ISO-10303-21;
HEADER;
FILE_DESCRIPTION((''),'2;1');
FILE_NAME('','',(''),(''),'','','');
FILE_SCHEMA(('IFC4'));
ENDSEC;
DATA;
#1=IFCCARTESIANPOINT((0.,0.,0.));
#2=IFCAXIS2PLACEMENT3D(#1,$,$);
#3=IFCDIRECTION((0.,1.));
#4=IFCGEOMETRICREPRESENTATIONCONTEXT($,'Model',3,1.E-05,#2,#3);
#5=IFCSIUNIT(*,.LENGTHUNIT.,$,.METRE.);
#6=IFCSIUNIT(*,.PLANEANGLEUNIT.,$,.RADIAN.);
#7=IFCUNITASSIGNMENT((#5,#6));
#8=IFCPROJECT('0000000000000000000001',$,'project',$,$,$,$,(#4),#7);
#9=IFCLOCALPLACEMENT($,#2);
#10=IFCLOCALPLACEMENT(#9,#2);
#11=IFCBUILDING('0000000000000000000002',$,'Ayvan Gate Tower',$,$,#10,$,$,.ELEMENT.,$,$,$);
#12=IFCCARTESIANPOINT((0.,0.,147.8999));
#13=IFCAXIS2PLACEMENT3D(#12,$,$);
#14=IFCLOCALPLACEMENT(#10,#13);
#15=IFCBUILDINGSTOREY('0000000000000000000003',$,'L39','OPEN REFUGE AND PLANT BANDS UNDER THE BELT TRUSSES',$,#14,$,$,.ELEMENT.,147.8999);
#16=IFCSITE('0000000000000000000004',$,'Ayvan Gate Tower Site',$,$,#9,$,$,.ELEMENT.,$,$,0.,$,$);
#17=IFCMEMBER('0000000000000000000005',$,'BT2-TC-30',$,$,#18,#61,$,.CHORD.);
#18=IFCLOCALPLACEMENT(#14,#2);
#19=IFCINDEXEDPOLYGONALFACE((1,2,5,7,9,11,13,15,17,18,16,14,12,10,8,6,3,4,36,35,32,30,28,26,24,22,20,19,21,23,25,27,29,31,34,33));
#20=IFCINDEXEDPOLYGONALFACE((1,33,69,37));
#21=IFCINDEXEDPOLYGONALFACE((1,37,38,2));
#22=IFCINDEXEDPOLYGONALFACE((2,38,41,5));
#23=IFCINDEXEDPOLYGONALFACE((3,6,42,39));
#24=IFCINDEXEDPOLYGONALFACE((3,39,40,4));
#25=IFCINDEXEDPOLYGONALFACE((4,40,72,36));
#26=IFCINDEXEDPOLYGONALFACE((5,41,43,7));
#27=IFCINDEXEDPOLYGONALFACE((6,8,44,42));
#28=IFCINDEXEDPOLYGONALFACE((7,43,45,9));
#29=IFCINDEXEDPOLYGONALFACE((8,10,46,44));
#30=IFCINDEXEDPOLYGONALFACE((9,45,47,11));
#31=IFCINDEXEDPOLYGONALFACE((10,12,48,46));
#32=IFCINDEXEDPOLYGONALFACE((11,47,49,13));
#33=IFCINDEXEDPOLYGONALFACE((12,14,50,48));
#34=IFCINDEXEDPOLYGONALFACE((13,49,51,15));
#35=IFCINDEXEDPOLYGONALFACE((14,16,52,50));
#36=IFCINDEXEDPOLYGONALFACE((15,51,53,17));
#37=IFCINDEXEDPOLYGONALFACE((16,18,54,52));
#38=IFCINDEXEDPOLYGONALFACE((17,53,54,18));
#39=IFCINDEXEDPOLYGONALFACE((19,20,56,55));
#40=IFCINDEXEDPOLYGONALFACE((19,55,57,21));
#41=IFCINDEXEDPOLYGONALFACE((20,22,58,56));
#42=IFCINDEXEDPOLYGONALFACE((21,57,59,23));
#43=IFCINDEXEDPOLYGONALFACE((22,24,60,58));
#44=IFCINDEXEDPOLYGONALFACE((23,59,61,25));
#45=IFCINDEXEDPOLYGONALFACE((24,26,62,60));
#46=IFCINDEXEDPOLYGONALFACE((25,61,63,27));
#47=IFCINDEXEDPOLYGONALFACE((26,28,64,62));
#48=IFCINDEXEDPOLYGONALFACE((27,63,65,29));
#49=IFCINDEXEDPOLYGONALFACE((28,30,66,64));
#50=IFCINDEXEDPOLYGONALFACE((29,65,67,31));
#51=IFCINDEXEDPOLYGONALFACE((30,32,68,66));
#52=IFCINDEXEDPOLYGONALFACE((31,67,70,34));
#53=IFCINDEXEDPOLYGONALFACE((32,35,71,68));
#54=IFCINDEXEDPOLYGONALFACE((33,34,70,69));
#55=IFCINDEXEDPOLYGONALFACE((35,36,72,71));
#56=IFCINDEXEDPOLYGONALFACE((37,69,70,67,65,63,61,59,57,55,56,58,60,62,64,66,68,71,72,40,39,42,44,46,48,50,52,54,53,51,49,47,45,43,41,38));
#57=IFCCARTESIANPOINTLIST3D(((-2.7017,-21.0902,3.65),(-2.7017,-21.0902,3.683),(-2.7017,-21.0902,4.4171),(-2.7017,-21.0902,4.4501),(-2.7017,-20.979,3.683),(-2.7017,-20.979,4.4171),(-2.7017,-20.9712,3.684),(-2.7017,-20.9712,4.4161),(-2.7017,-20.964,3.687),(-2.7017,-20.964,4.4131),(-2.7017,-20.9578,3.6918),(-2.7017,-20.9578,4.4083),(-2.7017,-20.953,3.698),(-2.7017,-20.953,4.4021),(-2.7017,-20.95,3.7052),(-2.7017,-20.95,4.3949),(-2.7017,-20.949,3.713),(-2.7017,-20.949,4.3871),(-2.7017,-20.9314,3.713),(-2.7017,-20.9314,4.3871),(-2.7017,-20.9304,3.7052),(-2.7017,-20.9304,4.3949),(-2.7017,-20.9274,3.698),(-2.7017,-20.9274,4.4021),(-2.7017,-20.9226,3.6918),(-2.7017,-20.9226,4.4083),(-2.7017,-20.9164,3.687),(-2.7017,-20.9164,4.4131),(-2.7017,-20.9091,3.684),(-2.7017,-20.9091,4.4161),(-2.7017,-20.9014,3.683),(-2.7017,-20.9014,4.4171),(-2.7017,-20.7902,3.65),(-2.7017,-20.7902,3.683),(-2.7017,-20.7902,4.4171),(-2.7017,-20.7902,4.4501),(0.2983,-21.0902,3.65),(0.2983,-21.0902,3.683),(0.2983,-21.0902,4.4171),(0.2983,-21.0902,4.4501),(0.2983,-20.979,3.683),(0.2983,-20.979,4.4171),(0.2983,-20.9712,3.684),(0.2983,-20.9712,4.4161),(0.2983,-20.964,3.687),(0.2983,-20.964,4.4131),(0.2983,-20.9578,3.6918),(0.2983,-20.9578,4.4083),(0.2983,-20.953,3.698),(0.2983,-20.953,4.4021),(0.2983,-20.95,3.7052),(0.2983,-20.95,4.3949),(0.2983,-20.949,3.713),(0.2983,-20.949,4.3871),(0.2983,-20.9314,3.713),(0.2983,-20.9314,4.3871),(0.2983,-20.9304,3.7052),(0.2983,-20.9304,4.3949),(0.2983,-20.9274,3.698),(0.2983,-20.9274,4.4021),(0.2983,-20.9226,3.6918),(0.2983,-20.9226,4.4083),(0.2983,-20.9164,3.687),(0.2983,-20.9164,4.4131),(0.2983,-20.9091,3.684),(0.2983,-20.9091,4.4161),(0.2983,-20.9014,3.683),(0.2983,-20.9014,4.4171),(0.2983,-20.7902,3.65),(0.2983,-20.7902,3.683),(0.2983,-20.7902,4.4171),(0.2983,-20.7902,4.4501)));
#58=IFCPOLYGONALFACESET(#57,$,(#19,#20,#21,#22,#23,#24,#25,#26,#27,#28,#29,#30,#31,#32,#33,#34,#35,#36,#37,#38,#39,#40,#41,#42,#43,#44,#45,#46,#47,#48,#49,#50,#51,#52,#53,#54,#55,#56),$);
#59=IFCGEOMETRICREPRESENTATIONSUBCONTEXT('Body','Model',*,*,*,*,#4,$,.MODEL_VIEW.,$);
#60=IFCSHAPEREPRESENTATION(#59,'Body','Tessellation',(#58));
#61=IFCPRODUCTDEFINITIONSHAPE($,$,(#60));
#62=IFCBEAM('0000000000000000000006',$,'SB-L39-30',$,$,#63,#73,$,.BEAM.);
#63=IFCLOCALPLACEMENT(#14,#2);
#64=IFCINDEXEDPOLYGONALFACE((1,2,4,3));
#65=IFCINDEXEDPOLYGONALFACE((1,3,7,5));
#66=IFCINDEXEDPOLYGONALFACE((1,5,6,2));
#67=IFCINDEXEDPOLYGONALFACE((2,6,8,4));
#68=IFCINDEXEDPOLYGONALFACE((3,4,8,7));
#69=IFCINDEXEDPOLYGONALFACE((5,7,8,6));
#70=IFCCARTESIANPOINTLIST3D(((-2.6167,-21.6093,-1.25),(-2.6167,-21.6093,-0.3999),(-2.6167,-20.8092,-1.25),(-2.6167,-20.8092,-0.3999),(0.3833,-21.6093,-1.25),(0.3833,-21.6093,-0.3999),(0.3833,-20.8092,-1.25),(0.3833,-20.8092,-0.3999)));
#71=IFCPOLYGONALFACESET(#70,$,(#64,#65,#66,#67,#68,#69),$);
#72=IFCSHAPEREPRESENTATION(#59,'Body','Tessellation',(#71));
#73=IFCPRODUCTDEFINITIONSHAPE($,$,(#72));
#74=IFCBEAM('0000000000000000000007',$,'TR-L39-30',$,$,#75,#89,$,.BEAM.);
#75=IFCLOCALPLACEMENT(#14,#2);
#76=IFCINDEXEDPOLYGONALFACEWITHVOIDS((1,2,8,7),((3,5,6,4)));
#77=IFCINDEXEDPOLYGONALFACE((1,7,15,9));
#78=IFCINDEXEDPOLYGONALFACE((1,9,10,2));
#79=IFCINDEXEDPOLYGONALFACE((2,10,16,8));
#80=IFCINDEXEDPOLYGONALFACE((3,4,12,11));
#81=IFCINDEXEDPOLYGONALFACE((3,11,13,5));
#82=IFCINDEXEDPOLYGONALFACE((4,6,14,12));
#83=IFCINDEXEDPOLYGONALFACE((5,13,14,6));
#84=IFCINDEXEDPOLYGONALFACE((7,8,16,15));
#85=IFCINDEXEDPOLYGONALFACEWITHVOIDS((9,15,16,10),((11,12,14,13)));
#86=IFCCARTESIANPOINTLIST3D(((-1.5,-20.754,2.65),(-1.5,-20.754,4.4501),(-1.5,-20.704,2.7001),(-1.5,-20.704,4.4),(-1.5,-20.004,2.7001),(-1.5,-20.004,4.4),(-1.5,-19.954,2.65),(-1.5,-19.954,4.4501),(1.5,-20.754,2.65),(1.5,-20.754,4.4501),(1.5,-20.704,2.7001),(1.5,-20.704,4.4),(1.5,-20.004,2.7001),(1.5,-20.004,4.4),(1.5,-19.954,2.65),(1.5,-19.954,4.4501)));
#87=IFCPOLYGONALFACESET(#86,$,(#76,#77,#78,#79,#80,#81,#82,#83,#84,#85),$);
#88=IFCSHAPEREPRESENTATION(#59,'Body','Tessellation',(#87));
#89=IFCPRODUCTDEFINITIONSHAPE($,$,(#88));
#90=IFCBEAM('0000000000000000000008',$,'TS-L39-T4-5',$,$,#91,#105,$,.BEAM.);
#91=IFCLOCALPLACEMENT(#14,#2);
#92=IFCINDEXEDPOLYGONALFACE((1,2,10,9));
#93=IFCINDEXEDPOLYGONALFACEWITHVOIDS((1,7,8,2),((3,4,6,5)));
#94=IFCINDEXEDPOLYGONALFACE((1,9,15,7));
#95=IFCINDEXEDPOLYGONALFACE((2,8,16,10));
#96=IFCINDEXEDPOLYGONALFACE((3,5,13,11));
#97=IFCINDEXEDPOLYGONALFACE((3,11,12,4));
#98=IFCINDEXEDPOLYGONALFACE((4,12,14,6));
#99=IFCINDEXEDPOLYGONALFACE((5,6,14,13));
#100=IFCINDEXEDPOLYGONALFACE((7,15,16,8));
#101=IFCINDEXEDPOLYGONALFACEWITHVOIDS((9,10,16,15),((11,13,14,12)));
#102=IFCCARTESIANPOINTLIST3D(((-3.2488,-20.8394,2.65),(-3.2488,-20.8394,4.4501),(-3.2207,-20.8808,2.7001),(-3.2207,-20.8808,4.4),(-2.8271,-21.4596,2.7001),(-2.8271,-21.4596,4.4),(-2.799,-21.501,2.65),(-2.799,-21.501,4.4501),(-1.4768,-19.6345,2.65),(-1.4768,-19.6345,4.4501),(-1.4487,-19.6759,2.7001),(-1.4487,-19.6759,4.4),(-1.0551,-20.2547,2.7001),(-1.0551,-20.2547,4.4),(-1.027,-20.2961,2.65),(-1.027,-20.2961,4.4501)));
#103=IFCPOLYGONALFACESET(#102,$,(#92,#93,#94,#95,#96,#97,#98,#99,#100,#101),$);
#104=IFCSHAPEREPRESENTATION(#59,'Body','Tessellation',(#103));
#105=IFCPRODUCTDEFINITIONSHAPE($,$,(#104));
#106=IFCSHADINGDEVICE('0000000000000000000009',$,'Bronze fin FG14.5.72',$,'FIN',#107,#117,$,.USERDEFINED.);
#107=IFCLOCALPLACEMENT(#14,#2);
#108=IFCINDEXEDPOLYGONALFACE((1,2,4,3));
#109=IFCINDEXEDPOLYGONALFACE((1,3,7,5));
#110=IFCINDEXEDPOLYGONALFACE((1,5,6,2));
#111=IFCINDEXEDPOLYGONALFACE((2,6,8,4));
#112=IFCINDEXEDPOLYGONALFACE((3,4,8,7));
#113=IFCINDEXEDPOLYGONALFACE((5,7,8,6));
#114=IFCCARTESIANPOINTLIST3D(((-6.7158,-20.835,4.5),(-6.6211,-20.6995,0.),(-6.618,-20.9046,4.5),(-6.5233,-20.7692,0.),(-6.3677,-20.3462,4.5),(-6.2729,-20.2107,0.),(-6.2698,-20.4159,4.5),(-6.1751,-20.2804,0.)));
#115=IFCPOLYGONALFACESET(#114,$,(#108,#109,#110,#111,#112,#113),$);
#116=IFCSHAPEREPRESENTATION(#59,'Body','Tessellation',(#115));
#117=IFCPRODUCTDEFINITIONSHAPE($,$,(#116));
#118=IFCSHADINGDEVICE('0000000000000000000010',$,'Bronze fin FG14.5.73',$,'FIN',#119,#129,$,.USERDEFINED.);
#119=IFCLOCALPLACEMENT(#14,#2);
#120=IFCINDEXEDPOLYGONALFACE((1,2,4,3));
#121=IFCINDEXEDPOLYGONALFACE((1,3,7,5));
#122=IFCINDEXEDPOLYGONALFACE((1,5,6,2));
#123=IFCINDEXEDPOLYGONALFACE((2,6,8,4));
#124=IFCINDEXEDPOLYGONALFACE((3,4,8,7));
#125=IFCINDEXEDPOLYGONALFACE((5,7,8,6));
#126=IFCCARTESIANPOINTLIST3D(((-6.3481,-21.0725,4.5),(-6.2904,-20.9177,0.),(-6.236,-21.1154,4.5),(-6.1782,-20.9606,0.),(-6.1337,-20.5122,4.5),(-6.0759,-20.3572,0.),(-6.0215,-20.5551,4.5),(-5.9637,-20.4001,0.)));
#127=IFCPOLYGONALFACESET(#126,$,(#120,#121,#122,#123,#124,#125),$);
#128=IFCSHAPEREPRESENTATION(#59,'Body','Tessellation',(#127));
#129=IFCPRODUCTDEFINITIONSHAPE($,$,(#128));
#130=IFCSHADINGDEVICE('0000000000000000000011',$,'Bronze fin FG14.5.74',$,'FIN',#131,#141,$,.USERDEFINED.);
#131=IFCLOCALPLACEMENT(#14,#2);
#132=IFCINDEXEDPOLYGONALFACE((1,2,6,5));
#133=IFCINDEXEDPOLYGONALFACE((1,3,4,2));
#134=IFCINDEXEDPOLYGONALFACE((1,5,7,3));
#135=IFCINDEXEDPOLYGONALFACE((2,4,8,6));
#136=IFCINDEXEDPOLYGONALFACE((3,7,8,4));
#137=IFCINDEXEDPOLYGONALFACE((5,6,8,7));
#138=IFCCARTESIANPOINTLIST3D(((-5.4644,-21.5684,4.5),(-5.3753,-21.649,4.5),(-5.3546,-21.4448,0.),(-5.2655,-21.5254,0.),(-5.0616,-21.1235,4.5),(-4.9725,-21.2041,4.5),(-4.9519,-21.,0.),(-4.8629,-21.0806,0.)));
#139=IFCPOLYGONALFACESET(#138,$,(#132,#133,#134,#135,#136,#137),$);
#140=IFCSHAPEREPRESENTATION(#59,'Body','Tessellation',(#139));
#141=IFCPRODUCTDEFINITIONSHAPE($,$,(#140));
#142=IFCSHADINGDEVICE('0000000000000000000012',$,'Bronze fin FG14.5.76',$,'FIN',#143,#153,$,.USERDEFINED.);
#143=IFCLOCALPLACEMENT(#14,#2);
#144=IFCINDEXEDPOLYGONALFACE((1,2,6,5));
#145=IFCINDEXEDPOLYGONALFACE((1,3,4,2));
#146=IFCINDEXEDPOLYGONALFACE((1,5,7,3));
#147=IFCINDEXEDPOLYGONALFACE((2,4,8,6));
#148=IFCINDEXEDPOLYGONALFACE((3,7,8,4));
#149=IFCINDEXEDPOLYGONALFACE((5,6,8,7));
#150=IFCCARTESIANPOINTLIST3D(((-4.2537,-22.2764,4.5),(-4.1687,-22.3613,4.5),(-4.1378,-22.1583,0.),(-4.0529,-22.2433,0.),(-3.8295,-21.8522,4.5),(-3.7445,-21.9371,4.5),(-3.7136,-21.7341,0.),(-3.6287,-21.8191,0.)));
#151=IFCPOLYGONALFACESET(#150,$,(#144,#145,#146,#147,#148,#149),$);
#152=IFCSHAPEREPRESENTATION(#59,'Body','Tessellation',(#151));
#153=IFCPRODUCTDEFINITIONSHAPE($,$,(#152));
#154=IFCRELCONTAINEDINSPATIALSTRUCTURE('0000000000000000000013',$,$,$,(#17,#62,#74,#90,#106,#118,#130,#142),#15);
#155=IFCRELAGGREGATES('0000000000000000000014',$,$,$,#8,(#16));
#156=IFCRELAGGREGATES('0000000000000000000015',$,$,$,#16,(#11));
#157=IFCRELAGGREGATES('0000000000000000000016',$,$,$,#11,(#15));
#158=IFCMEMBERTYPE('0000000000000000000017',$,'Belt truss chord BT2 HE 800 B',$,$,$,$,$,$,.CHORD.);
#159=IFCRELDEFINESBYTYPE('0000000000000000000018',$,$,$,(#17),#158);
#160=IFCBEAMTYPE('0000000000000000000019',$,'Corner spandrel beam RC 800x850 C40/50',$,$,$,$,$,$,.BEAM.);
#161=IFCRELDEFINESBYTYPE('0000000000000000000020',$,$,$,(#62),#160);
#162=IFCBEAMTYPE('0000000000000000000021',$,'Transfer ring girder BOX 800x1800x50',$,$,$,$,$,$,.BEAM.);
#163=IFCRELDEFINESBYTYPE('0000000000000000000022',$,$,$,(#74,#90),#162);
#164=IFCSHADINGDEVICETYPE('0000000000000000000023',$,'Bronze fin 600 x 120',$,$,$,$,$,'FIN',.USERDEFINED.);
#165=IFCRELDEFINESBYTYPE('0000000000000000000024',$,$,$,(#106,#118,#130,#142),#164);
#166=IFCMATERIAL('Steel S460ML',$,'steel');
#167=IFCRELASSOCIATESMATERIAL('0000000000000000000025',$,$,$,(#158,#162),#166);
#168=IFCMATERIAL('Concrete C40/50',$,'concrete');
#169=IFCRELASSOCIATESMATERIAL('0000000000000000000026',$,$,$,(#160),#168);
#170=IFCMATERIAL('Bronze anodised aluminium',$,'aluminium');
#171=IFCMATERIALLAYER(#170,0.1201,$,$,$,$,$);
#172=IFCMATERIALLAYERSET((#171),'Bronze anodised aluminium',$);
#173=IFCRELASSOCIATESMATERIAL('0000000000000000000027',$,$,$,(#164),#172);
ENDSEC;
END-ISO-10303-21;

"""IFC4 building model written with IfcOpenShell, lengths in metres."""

from ifc_helpers import new_model, si_unit, direction, frame, origin, origin_2d, place, context, subcontext, project, spatial, polyline, rectangle, hollow_rectangle, i_section, outline, extrude, material, layer, layer_set, material_profile, profile_set, type_object, element, save


model = new_model("IFC4")

# Units and contexts
model_context = context("Model", 3, precision=1e-05, world=origin(), true_north=direction((0.0, 1.0)))
body_context = subcontext(model_context, "Body", "Model", "MODEL_VIEW")
ifc_project = project(units=[si_unit("LENGTHUNIT", "METRE"), si_unit("PLANEANGLEUNIT", "RADIAN")], contexts=[model_context])

# Site, building, storey
site_placement = place(None, origin())
site = spatial("IfcSite", under=ifc_project, at=site_placement, Name="Ayvan Gate Tower Site", CompositionType="ELEMENT", RefElevation=0.0)
building_placement = place(site_placement, origin())
building = spatial("IfcBuilding", under=site, at=building_placement, Name="Ayvan Gate Tower", CompositionType="ELEMENT")
storey_placement = place(building_placement, frame((0.0, 0.0, 147.8999)))
storey = spatial("IfcBuildingStorey", under=building, at=storey_placement, Name="L39", Description="OPEN REFUGE AND PLANT BANDS UNDER THE BELT TRUSSES", CompositionType="ELEMENT", Elevation=147.8999)

# Member
ifc_material_1 = material(Name="Steel S460ML", Category="steel")
ifc_material_profile_1 = material_profile(ifc_material_1, i_section(OverallWidth=0.3, OverallDepth=0.8, WebThickness=0.0176, FlangeThickness=0.033, FilletRadius=0.03, at=origin_2d()), Name="HE 800 B")
ifc_profile_set_1 = profile_set([ifc_material_profile_1], Name="Steel S460ML")
member_type_1 = type_object("IfcMemberType", Name="Belt truss chord BT2 HE 800 B", PredefinedType="CHORD", material=ifc_profile_set_1)
for number, where, z_axis, x_axis, name in (
    (1, (-2.7017, -20.9402, 4.05), (1.0, 0.0, 0.0), (0.0, 1.0, 0.0), "BT2-TC-30"),
):
    element("IfcMember", number, at=place(storey_placement, frame(where, z_axis=z_axis, x_axis=x_axis)), inside=storey, type_object=member_type_1, Name=name, PredefinedType="CHORD", context=body_context, shape_type="SweptSolid", body=[
        extrude(i_section(OverallWidth=0.3, OverallDepth=0.8, WebThickness=0.0176, FlangeThickness=0.033, FilletRadius=0.03, at=origin_2d()), origin(), (0.0, 0.0, 1.0), 3.0),
    ])

# Beams
ifc_material_2 = material(Name="Concrete C40/50", Category="concrete")
ifc_material_profile_2 = material_profile(ifc_material_2, rectangle(XDim=0.8, YDim=0.8501, at=origin_2d()), Name="RC 800x850")
ifc_profile_set_2 = profile_set([ifc_material_profile_2], Name="Concrete C40/50")
beam_type_1 = type_object("IfcBeamType", Name="Corner spandrel beam RC 800x850 C40/50", PredefinedType="BEAM", material=ifc_profile_set_2)
beam_1_placement = place(storey_placement, frame((-2.6167, -21.2092, -0.825), z_axis=(1.0, 0.0, 0.0), x_axis=(0.0, 1.0, 0.0)))
element("IfcBeam", 2, at=beam_1_placement, inside=storey, type_object=beam_type_1, Name="SB-L39-30", PredefinedType="BEAM", context=body_context, shape_type="SweptSolid", body=[
    extrude(rectangle(XDim=0.8, YDim=0.8501, at=origin_2d()), origin(), (0.0, 0.0, 1.0), 3.0),
])
ifc_material_profile_3 = material_profile(ifc_material_1, hollow_rectangle(XDim=0.8, YDim=1.8, WallThickness=0.05, at=origin_2d()), Name="BOX 800x1800x50")
ifc_profile_set_3 = profile_set([ifc_material_profile_3], Name="Steel S460ML")
beam_type_2 = type_object("IfcBeamType", Name="Transfer ring girder BOX 800x1800x50", PredefinedType="BEAM", material=ifc_profile_set_3)
beam_2_placement = place(storey_placement, frame((-1.5, -20.354, 3.55), z_axis=(1.0, 0.0, 0.0), x_axis=(0.0, 1.0, 0.0)))
element("IfcBeam", 3, at=beam_2_placement, inside=storey, type_object=beam_type_2, Name="TR-L39-30", PredefinedType="BEAM", context=body_context, shape_type="SweptSolid", body=[
    extrude(hollow_rectangle(XDim=0.8, YDim=1.8, WallThickness=0.05, at=origin_2d()), origin(), (0.0, 0.0, 1.0), 3.0),
])
beam_3_placement = place(storey_placement, frame((-3.0239, -21.1702, 3.55), z_axis=(0.82695, 0.562276, 0.0), x_axis=(-0.562276, 0.82695, 0.0)))
element("IfcBeam", 4, at=beam_3_placement, inside=storey, type_object=beam_type_2, Name="TS-L39-T4-5", PredefinedType="BEAM", context=body_context, shape_type="SweptSolid", body=[
    extrude(hollow_rectangle(XDim=0.8, YDim=1.8, WallThickness=0.05, at=origin_2d()), origin(), (0.0, 0.0, 1.0), 2.1428),
])

# Shading devices
ifc_material_3 = material(Name="Bronze anodised aluminium", Category="aluminium")
ifc_layer_1 = layer(ifc_material_3, 0.1201)
ifc_layer_set_1 = layer_set([ifc_layer_1], Name="Bronze anodised aluminium")
shading_device_type = type_object("IfcShadingDeviceType", Name="Bronze fin 600 x 120", ElementType="FIN", PredefinedType="USERDEFINED", material=ifc_layer_set_1)
shading_device_1_placement = place(storey_placement, frame((-6.2729, -20.2107, 0.0), z_axis=(-0.814502, 0.58016, 0.000323), x_axis=(-0.58016, -0.814502, 0.0)))
element("IfcShadingDevice", 5, at=shading_device_1_placement, inside=storey, type_object=shading_device_type, Name="Bronze fin FG14.5.72", ObjectType="FIN", PredefinedType="USERDEFINED", context=body_context, shape_type="SweptSolid", body=[
    extrude(outline(polyline([(0.0, 0.0), (0.6001, 0.0), (0.7654, 4.5), (0.1653, 4.5), (0.0, 0.0)])), origin(), (0.0, 0.0, -1.0), 0.1201),
])
shading_device_2_placement = place(storey_placement, frame((-6.0759, -20.3572, 0.0), z_axis=(-0.933942, 0.357425, 0.000321), x_axis=(-0.357425, -0.933942, 0.0)))
element("IfcShadingDevice", 6, at=shading_device_2_placement, inside=storey, type_object=shading_device_type, Name="Bronze fin FG14.5.73", ObjectType="FIN", PredefinedType="USERDEFINED", context=body_context, shape_type="SweptSolid", body=[
    extrude(outline(polyline([(0.0, 0.0), (0.6001, 0.0), (0.7654, 4.5), (0.1654, 4.5), (0.0, 0.0)])), origin(), (0.0, 0.0, -1.0), 0.1201),
])
shading_device_3_placement = place(storey_placement, frame((-4.9519, -21.0, 0.0), z_axis=(-0.741328, 0.671142, 0.000346), x_axis=(-0.671142, -0.741329, 0.0)))
element("IfcShadingDevice", 7, at=shading_device_3_placement, inside=storey, type_object=shading_device_type, Name="Bronze fin FG14.5.74", ObjectType="FIN", PredefinedType="USERDEFINED", context=body_context, shape_type="SweptSolid", body=[
    extrude(outline(polyline([(0.0, 0.0), (0.6, 0.0), (0.7653, 4.5), (0.1652, 4.5), (0.0, 0.0)])), origin(), (0.0, 0.0, -1.0), 0.1201),
])
shading_device_4_placement = place(storey_placement, frame((-3.7136, -21.7341, 0.0), z_axis=(-0.707107, 0.707107, 0.000345), x_axis=(-0.707107, -0.707107, 0.0)))
element("IfcShadingDevice", 8, at=shading_device_4_placement, inside=storey, type_object=shading_device_type, Name="Bronze fin FG14.5.76", ObjectType="FIN", PredefinedType="USERDEFINED", context=body_context, shape_type="SweptSolid", body=[
    extrude(outline(polyline([(0.0, 0.0), (0.5999, 0.0), (0.7653, 4.5), (0.1654, 4.5), (0.0, 0.0)])), origin(), (0.0, 0.0, -1.0), 0.1201),
])

save(model, "model.ifc")
